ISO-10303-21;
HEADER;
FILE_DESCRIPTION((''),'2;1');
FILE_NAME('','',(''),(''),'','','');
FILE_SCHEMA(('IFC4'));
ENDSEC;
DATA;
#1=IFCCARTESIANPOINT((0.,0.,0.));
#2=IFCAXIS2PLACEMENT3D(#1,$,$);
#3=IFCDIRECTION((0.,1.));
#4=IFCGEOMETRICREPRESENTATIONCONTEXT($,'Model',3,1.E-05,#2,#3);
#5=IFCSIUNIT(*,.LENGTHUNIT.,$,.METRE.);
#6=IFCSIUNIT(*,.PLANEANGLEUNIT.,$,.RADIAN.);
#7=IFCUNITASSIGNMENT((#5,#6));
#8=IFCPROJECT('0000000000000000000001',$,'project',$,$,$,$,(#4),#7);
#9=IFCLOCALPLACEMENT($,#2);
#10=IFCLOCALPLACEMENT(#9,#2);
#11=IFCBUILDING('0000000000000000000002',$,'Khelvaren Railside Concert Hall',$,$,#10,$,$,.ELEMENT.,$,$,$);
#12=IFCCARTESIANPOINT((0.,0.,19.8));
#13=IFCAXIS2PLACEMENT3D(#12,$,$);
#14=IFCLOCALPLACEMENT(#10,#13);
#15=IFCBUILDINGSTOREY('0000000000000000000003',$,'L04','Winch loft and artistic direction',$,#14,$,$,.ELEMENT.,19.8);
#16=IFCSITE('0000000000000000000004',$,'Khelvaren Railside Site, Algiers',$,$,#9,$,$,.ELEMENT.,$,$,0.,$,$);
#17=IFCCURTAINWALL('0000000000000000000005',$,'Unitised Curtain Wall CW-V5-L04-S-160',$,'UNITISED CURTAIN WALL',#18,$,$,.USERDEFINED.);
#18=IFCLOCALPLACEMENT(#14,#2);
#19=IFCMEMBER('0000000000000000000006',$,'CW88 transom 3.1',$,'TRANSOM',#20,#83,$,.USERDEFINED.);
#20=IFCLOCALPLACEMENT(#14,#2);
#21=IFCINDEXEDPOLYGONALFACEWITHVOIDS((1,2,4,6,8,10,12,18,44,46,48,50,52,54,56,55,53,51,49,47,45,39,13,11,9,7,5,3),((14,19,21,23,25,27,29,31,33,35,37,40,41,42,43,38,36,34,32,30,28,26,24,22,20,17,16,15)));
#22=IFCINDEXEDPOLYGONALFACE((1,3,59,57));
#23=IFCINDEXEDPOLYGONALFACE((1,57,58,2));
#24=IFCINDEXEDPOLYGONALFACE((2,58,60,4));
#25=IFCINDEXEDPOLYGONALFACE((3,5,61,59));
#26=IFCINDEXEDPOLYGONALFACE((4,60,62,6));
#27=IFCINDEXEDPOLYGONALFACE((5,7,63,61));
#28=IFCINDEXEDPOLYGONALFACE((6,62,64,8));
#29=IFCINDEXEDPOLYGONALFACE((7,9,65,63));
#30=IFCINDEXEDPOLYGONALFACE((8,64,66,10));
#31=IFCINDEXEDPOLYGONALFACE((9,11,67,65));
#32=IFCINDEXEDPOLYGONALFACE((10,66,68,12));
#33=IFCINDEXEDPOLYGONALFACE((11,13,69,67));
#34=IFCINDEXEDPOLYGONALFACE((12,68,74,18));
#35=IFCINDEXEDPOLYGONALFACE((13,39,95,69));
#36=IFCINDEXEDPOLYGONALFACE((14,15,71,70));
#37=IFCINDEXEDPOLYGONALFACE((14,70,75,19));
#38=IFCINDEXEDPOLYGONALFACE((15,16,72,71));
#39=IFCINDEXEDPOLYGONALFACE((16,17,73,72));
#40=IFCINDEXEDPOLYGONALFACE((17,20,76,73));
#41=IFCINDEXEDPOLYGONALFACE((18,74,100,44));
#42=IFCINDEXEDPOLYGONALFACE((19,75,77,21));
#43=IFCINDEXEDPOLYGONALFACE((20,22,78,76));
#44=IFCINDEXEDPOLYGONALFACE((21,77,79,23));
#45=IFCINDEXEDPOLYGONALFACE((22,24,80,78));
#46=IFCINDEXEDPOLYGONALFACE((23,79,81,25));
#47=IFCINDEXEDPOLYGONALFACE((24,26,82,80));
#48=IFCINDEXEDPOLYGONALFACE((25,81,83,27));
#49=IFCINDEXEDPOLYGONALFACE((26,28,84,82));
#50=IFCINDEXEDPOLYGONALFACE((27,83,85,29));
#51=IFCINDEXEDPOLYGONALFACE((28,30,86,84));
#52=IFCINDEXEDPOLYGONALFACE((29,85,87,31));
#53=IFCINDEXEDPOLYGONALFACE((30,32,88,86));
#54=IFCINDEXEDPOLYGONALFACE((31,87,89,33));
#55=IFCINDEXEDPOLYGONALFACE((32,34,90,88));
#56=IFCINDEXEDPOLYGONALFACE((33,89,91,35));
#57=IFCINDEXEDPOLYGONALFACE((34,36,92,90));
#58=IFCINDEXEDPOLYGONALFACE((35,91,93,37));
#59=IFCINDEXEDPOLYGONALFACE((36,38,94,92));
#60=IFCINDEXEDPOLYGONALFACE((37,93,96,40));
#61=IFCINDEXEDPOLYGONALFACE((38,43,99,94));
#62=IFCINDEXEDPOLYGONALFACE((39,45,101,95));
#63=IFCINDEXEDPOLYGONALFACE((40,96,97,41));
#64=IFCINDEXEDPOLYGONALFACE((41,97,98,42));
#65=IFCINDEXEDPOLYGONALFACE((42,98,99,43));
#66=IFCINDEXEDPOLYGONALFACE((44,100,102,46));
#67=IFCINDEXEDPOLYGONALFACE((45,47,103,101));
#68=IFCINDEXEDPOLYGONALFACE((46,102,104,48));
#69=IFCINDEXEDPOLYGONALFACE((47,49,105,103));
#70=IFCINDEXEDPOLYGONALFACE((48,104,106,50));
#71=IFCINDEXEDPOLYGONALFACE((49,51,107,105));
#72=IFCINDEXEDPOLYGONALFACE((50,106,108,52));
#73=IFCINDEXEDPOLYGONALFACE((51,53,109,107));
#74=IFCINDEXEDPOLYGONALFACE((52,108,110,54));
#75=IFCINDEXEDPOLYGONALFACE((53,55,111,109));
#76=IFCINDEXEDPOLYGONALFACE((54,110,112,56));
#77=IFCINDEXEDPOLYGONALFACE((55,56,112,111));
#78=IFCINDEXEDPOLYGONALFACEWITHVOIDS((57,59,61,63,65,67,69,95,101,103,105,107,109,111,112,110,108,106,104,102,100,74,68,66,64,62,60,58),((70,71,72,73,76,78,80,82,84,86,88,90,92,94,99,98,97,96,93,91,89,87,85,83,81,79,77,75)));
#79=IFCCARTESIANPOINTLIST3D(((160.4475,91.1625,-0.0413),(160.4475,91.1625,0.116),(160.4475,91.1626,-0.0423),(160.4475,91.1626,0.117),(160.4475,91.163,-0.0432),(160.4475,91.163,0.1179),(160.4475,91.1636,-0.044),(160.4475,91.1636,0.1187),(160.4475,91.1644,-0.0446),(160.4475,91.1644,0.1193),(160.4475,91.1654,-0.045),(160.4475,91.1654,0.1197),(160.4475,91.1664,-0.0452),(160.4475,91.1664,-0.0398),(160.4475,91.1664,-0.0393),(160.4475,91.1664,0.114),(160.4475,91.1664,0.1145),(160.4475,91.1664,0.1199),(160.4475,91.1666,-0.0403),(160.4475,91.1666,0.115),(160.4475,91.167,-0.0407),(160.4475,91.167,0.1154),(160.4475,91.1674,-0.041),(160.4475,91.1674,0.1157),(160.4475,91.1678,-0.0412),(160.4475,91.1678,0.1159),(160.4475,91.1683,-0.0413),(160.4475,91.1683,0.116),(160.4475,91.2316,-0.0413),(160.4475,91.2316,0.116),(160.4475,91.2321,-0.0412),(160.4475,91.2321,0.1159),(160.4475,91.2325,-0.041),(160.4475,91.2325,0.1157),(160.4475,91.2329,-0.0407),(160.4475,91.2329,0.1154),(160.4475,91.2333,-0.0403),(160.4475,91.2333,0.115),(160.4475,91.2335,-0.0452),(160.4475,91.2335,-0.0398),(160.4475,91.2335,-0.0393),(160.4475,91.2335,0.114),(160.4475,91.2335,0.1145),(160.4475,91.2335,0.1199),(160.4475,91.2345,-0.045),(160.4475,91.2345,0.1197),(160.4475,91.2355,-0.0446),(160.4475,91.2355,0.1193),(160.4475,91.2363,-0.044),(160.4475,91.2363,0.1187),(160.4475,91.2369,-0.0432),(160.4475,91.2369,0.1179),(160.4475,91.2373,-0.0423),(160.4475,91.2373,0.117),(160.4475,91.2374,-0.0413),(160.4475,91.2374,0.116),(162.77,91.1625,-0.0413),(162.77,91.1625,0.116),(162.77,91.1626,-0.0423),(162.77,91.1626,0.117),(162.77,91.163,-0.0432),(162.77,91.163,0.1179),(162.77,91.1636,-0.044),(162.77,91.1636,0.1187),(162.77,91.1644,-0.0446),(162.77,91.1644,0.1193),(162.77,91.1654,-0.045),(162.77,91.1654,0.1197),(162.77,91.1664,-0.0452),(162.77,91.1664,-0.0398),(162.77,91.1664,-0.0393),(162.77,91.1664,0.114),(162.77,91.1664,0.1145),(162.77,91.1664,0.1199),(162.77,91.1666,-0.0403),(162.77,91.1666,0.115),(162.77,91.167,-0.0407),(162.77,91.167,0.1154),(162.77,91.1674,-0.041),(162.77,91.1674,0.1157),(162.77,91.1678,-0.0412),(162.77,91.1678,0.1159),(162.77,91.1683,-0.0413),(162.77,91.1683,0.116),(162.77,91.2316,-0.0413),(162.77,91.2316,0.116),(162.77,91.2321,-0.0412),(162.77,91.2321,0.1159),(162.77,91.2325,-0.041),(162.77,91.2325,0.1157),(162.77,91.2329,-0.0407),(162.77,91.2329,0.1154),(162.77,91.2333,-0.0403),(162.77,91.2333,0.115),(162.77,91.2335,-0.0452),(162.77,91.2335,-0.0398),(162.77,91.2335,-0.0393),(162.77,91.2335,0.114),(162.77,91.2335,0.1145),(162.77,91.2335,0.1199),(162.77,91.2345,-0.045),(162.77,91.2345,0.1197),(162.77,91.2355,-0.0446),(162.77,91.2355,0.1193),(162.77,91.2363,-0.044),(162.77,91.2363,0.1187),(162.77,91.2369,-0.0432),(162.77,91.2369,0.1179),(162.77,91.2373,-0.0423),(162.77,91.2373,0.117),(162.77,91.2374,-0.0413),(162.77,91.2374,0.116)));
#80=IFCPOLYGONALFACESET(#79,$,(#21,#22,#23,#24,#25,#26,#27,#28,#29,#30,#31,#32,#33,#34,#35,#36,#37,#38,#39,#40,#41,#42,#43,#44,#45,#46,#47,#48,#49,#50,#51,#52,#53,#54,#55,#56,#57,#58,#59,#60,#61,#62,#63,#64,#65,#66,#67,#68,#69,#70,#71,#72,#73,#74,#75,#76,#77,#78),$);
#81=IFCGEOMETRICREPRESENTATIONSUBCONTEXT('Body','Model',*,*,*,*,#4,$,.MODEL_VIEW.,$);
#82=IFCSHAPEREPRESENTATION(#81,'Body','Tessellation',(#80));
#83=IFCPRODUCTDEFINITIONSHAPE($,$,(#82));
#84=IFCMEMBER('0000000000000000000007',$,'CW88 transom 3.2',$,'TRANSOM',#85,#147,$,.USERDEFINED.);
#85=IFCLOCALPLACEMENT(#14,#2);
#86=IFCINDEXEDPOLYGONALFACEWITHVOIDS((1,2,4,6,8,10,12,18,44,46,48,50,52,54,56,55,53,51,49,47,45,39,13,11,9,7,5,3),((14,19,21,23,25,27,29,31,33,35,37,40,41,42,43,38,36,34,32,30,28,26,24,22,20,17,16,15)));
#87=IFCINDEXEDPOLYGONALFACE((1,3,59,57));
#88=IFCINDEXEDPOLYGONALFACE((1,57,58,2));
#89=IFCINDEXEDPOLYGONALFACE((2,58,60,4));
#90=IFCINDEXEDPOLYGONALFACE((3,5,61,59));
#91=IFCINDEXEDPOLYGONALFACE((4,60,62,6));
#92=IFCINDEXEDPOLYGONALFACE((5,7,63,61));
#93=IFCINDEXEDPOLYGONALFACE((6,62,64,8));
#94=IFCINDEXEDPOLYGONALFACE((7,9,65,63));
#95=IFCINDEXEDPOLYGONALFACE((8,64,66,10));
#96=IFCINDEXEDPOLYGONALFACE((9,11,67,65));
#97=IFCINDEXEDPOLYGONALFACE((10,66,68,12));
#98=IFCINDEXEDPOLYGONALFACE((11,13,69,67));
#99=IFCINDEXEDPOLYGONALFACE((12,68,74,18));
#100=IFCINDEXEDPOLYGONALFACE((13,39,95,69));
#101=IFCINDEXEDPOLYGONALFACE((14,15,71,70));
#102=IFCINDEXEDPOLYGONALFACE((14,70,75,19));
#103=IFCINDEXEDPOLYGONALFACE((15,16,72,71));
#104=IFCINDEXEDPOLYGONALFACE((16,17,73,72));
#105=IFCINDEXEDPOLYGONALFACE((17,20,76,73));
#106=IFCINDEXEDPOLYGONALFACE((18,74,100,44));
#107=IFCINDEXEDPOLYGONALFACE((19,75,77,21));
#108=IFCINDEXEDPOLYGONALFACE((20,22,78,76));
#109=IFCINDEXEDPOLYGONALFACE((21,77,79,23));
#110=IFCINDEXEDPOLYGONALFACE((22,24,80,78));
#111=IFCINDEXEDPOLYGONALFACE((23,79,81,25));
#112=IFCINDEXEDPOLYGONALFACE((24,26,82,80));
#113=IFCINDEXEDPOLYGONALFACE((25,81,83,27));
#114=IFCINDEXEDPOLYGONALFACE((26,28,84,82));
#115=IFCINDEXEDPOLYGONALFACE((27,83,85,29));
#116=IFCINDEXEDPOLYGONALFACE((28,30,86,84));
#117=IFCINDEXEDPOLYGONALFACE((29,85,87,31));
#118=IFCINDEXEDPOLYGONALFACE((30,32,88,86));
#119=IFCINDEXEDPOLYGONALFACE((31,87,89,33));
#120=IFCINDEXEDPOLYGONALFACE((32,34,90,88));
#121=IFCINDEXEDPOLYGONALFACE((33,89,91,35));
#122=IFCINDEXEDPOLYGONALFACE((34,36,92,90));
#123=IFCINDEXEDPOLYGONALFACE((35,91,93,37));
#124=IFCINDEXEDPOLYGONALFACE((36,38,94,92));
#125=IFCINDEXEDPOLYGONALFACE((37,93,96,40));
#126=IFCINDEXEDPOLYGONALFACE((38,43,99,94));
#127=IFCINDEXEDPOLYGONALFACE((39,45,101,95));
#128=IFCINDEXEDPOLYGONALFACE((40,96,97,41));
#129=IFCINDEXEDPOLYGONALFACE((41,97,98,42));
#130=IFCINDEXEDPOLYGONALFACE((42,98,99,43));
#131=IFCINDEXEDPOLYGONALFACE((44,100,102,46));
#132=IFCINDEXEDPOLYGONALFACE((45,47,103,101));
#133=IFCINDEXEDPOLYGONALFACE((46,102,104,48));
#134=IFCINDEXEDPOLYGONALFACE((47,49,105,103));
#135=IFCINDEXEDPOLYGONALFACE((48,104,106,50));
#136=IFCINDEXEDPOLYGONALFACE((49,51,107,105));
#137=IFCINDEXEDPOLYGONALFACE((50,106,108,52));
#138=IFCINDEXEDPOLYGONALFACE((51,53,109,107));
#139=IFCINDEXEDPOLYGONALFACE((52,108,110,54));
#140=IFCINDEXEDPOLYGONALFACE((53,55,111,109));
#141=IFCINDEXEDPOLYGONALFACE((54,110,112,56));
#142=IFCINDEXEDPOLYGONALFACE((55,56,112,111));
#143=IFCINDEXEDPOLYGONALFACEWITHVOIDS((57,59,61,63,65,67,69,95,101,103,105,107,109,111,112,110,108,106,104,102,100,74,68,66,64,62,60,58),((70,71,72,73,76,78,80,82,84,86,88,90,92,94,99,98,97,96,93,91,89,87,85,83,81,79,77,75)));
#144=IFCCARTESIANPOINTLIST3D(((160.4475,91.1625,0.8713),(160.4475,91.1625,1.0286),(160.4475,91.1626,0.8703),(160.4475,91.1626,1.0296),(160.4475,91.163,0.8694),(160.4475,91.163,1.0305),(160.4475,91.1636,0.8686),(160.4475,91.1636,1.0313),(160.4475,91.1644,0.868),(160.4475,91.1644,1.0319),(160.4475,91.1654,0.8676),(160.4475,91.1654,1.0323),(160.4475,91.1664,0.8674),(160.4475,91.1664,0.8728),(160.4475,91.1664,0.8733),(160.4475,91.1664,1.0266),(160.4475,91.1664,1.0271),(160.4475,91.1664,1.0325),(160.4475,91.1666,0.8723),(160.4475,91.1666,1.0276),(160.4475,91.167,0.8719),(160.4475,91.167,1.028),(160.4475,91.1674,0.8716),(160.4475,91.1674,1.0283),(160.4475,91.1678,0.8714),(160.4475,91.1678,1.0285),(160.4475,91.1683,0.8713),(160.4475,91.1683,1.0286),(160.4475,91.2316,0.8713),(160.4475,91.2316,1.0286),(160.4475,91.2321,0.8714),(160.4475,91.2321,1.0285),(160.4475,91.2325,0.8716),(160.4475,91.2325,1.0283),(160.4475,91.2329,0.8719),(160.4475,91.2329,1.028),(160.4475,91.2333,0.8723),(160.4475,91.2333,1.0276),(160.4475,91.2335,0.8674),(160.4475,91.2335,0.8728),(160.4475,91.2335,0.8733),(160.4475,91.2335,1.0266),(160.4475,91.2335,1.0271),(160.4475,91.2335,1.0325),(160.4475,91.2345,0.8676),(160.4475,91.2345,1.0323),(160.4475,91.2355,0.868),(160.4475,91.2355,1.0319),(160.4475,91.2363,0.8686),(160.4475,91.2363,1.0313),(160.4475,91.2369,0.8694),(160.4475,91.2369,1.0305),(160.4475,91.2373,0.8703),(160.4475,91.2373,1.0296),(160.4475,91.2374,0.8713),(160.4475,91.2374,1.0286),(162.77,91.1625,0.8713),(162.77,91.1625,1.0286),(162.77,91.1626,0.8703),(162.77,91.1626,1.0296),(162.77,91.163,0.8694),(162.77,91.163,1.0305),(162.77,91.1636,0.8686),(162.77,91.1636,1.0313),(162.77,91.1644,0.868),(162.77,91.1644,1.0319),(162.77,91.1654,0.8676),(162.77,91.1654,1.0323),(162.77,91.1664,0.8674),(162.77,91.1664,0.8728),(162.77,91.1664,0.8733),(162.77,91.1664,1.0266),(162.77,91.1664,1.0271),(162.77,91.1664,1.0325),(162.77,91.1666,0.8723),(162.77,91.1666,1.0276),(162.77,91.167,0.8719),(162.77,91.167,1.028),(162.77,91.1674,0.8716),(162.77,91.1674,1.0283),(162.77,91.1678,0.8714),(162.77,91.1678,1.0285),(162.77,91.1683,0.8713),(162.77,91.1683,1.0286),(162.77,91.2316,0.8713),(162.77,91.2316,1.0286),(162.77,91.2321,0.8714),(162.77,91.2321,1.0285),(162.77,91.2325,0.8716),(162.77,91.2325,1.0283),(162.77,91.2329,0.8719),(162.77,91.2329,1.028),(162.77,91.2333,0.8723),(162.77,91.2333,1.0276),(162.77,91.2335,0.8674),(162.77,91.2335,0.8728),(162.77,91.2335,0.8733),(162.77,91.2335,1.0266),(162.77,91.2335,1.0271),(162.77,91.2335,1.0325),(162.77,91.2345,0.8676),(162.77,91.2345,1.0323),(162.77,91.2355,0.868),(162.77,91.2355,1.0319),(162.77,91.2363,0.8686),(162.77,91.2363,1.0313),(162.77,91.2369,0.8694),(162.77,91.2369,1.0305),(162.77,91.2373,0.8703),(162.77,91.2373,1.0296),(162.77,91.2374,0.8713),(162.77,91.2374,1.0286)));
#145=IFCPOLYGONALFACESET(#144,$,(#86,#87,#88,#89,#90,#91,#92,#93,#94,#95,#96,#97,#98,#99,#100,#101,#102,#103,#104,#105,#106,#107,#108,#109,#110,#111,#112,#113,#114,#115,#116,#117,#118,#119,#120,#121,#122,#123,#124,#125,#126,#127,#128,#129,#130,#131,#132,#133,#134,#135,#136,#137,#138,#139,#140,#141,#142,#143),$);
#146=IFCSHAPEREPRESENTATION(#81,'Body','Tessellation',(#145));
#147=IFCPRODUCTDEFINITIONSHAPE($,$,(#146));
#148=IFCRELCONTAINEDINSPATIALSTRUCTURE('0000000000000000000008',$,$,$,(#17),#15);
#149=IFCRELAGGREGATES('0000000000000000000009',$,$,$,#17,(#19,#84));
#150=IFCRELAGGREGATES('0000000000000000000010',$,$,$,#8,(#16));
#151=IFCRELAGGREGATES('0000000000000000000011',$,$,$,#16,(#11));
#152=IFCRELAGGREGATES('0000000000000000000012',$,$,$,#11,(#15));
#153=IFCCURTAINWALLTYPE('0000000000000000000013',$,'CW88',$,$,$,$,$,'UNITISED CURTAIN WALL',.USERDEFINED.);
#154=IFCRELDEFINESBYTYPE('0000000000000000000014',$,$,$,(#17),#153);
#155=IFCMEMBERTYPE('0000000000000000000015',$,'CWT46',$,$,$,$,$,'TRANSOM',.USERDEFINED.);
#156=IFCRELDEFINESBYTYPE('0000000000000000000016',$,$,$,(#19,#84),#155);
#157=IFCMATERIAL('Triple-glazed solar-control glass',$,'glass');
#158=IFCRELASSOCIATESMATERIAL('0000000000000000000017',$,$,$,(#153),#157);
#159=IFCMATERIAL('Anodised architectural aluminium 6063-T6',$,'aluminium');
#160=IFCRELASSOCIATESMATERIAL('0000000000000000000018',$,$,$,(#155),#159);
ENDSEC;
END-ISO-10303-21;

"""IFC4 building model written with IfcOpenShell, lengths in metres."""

from ifc_helpers import new_model, si_unit, direction, frame, origin, origin_2d, place, context, subcontext, project, spatial, hollow_rectangle, extrude, material, material_profile, profile_set, type_object, element, aggregate, save


model = new_model("IFC4")

# Units and contexts
model_context = context("Model", 3, precision=1e-05, world=origin(), true_north=direction((0.0, 1.0)))
body_context = subcontext(model_context, "Body", "Model", "MODEL_VIEW")
ifc_project = project(units=[si_unit("LENGTHUNIT", "METRE"), si_unit("PLANEANGLEUNIT", "RADIAN")], contexts=[model_context])

# Site, building, storey
site_placement = place(None, origin())
site = spatial("IfcSite", under=ifc_project, at=site_placement, Name="Khelvaren Railside Site, Algiers", CompositionType="ELEMENT", RefElevation=0.0)
building_placement = place(site_placement, origin())
building = spatial("IfcBuilding", under=site, at=building_placement, Name="Khelvaren Railside Concert Hall", CompositionType="ELEMENT")
storey_placement = place(building_placement, frame((0.0, 0.0, 19.8)))
storey = spatial("IfcBuildingStorey", under=building, at=storey_placement, Name="L04", Description="Winch loft and artistic direction", CompositionType="ELEMENT", Elevation=19.8)

# Curtain wall
ifc_material_1 = material(Name="Triple-glazed solar-control glass", Category="glass")
curtain_wall_type_1 = type_object("IfcCurtainWallType", Name="CW88", ElementType="UNITISED CURTAIN WALL", PredefinedType="USERDEFINED", material=ifc_material_1)
curtain_wall_1_placement = place(storey_placement, origin())
curtain_wall_1 = element("IfcCurtainWall", 1, at=curtain_wall_1_placement, inside=storey, type_object=curtain_wall_type_1, Name="Unitised Curtain Wall CW-V5-L04-S-160", ObjectType="UNITISED CURTAIN WALL", PredefinedType="USERDEFINED")
ifc_material_2 = material(Name="Anodised architectural aluminium 6063-T6", Category="aluminium")

# Members
ifc_material_profile_1 = material_profile(ifc_material_2, hollow_rectangle(XDim=0.075, YDim=0.165, WallThickness=0.0039, InnerFilletRadius=0.002, OuterFilletRadius=0.0039, at=origin_2d()), Name="CWT 75x165x4")
ifc_profile_set_1 = profile_set([ifc_material_profile_1], Name="Anodised architectural aluminium 6063-T6")
member_type_1 = type_object("IfcMemberType", Name="CWT46", ElementType="TRANSOM", PredefinedType="USERDEFINED", material=ifc_profile_set_1)
member_1_placement = place(storey_placement, frame((162.77, 91.2, 0.0374), z_axis=(-1.0, 0.0, 0.0), x_axis=(0.0, -1.0, 0.0)))
member_1 = element("IfcMember", 2, at=member_1_placement, type_object=member_type_1, Name="CW88 transom 3.1", ObjectType="TRANSOM", PredefinedType="USERDEFINED", context=body_context, shape_type="SweptSolid", body=[
    extrude(hollow_rectangle(XDim=0.075, YDim=0.165, WallThickness=0.0039, InnerFilletRadius=0.002, OuterFilletRadius=0.0039, at=origin_2d()), origin(), (0.0, 0.0, 1.0), 2.3225),
])
member_2_placement = place(storey_placement, frame((162.77, 91.2, 0.95), z_axis=(-1.0, 0.0, 0.0), x_axis=(0.0, -1.0, 0.0)))
member_2 = element("IfcMember", 3, at=member_2_placement, type_object=member_type_1, Name="CW88 transom 3.2", ObjectType="TRANSOM", PredefinedType="USERDEFINED", context=body_context, shape_type="SweptSolid", body=[
    extrude(hollow_rectangle(XDim=0.075, YDim=0.165, WallThickness=0.0039, InnerFilletRadius=0.002, OuterFilletRadius=0.0039, at=origin_2d()), origin(), (0.0, 0.0, 1.0), 2.3225),
])

aggregate(curtain_wall_1, [member_1, member_2])

save(model, "model.ifc")
